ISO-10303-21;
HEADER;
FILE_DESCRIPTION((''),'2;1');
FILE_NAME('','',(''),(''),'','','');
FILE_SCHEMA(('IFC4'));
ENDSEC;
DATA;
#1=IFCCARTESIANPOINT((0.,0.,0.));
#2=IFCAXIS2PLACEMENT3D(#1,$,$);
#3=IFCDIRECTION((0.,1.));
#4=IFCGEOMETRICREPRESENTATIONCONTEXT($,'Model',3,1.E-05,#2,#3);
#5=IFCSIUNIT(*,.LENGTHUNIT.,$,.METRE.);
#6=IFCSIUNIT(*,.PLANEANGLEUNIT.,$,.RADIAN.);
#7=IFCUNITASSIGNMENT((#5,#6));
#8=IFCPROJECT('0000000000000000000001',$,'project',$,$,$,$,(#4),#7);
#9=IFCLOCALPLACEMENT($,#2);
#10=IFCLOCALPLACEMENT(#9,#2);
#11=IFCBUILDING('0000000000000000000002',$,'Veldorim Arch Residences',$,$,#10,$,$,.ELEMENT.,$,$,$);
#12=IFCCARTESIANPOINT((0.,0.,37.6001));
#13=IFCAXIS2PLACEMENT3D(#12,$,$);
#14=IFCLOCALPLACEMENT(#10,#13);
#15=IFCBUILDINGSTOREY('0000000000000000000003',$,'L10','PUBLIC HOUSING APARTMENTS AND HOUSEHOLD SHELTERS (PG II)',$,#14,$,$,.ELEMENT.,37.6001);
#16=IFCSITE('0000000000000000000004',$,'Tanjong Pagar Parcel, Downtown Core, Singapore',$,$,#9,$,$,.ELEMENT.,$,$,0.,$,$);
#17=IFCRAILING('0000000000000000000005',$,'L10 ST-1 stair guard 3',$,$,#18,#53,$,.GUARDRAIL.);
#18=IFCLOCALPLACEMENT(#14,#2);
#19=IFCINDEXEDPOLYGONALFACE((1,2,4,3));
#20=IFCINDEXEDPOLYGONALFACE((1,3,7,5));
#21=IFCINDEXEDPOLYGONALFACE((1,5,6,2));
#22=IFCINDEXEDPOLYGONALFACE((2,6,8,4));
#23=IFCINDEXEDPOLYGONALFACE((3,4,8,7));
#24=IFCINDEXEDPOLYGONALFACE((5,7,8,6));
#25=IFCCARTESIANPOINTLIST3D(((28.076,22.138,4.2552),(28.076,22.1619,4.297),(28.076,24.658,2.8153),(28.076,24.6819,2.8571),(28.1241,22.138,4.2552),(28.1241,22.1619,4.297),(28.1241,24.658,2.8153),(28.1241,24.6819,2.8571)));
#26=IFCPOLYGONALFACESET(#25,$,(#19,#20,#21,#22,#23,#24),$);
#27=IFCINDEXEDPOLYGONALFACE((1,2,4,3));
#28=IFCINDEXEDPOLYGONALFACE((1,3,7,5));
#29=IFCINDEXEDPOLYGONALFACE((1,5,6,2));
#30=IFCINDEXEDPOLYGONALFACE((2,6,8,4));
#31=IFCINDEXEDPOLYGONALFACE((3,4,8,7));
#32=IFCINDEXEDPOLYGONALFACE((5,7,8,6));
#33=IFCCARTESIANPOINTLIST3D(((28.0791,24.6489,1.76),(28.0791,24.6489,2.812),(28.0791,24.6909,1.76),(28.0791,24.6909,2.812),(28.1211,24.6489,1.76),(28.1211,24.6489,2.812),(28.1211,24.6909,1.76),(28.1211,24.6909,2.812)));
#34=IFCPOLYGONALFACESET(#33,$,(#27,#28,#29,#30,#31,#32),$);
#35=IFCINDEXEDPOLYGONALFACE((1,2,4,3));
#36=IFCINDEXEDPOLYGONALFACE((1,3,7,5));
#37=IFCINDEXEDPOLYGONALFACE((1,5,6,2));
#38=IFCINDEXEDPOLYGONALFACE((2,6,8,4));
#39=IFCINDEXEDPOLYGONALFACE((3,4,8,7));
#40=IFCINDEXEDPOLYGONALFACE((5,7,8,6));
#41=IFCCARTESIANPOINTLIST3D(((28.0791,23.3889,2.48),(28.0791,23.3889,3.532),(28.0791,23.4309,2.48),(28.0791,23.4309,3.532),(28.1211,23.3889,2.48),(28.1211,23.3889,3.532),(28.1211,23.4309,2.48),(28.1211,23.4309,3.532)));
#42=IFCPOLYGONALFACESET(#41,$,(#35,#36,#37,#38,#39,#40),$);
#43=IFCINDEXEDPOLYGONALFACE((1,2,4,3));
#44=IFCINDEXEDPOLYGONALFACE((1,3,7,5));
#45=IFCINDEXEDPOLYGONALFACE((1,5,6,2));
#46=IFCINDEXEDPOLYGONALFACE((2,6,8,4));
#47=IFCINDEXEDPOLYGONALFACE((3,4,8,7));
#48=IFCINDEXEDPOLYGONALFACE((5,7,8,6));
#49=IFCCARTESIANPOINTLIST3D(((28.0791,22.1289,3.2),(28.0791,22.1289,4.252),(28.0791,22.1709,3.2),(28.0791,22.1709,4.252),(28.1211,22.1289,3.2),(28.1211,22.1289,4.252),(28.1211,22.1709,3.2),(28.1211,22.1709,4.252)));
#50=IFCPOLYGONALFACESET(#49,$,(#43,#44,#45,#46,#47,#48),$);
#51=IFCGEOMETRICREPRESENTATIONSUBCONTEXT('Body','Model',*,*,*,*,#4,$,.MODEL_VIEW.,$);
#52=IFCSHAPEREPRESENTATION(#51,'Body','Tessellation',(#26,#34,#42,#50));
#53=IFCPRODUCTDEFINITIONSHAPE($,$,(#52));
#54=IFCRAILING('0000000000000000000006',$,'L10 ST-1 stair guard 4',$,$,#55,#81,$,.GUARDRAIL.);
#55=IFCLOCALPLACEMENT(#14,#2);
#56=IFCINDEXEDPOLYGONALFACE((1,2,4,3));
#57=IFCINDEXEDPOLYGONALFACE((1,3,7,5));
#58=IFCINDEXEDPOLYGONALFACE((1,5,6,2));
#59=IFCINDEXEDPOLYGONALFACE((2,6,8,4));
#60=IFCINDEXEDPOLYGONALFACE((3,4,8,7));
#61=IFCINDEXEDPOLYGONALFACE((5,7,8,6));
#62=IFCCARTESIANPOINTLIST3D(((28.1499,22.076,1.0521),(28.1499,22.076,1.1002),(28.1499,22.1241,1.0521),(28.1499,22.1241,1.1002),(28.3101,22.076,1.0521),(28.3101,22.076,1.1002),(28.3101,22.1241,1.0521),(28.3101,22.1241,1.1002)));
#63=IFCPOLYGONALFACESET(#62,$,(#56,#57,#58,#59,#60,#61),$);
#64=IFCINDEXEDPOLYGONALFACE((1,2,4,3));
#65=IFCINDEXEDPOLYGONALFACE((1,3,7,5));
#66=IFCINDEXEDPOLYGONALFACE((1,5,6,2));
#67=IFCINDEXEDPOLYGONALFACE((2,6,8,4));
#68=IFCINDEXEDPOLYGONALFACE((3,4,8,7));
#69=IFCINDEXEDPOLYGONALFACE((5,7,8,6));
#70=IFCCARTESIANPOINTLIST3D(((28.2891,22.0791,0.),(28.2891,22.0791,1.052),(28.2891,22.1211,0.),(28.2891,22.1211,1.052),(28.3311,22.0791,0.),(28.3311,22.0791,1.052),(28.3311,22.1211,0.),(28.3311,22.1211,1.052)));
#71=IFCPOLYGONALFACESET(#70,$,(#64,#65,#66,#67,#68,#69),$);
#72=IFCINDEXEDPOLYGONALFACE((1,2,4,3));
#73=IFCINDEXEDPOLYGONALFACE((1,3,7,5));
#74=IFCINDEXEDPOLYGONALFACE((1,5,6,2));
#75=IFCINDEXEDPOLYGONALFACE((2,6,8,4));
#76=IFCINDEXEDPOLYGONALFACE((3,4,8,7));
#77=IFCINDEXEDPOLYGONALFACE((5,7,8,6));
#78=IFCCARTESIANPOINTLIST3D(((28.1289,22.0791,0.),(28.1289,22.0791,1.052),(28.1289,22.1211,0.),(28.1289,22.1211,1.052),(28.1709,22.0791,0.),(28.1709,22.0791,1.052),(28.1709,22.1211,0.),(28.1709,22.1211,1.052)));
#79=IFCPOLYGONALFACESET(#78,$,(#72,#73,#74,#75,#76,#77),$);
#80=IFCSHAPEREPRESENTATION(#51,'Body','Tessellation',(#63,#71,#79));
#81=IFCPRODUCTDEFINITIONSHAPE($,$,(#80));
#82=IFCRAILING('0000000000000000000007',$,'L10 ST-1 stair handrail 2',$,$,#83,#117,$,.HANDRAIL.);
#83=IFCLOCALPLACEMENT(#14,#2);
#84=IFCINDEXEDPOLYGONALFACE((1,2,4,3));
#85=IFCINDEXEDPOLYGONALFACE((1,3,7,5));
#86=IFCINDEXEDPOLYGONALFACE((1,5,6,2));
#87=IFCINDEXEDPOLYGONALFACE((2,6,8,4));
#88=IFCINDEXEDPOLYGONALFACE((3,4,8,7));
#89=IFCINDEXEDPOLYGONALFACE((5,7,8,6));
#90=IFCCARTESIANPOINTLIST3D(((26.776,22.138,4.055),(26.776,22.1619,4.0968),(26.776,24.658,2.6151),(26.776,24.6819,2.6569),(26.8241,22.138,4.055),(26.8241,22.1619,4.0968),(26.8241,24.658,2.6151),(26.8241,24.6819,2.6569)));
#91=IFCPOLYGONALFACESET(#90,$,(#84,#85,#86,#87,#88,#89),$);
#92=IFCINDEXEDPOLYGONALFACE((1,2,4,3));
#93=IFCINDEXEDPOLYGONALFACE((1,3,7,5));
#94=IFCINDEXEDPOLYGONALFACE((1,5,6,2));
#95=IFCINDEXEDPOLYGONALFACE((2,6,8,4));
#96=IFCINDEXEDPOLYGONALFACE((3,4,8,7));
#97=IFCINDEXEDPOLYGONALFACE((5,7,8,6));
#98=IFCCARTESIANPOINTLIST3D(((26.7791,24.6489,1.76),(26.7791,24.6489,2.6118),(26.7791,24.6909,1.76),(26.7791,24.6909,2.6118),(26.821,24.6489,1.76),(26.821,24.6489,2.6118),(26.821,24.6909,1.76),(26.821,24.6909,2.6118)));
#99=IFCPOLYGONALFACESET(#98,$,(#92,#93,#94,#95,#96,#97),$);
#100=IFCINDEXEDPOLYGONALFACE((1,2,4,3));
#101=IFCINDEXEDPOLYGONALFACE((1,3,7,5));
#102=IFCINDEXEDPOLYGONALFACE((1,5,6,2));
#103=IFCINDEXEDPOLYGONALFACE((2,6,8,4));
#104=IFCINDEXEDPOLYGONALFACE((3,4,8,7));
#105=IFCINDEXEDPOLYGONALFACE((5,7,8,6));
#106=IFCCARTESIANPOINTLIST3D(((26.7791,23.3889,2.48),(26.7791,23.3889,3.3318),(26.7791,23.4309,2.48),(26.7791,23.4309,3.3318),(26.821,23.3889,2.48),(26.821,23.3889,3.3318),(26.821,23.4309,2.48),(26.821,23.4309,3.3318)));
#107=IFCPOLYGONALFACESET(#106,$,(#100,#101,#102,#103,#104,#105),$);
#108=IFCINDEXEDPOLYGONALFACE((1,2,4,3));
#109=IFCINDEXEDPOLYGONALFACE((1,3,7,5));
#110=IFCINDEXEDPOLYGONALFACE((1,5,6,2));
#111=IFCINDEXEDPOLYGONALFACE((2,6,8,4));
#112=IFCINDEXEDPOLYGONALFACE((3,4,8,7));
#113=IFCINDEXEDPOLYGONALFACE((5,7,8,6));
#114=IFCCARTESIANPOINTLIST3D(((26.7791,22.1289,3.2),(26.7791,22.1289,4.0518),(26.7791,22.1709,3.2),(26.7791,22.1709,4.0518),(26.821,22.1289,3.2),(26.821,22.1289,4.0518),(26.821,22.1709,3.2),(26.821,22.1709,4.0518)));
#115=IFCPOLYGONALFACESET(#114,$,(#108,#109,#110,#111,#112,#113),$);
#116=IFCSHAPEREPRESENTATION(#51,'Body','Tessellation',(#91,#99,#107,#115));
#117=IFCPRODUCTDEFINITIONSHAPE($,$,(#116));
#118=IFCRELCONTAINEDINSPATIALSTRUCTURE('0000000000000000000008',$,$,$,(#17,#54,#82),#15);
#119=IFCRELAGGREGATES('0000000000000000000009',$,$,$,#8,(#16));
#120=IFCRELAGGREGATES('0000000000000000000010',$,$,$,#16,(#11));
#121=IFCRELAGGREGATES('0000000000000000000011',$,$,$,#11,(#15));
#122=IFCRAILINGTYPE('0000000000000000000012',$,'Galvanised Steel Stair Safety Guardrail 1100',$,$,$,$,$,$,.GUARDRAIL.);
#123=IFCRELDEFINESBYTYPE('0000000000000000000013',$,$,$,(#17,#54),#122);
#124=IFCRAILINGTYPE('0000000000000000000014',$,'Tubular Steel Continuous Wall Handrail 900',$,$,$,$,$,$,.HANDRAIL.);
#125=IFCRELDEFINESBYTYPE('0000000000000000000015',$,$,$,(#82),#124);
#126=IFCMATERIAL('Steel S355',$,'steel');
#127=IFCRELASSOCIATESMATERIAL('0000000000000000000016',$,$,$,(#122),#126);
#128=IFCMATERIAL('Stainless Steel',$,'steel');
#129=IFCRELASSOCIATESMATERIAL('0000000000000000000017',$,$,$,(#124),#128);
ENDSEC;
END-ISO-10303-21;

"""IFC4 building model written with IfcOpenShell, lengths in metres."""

from ifc_helpers import new_model, si_unit, direction, frame, origin, origin_2d, place, context, subcontext, project, spatial, rectangle, extrude, material, type_object, element, save


model = new_model("IFC4")

# Units and contexts
model_context = context("Model", 3, precision=1e-05, world=origin(), true_north=direction((0.0, 1.0)))
body_context = subcontext(model_context, "Body", "Model", "MODEL_VIEW")
ifc_project = project(units=[si_unit("LENGTHUNIT", "METRE"), si_unit("PLANEANGLEUNIT", "RADIAN")], contexts=[model_context])

# Site, building, storey
site_placement = place(None, origin())
site = spatial("IfcSite", under=ifc_project, at=site_placement, Name="Tanjong Pagar Parcel, Downtown Core, Singapore", CompositionType="ELEMENT", RefElevation=0.0)
building_placement = place(site_placement, origin())
building = spatial("IfcBuilding", under=site, at=building_placement, Name="Veldorim Arch Residences", CompositionType="ELEMENT")
storey_placement = place(building_placement, frame((0.0, 0.0, 37.6001)))
storey = spatial("IfcBuildingStorey", under=building, at=storey_placement, Name="L10", Description="PUBLIC HOUSING APARTMENTS AND HOUSEHOLD SHELTERS (PG II)", CompositionType="ELEMENT", Elevation=37.6001)

# Railings
ifc_material_1 = material(Name="Steel S355", Category="steel")
railing_type_1 = type_object("IfcRailingType", Name="Galvanised Steel Stair Safety Guardrail 1100", PredefinedType="GUARDRAIL", material=ifc_material_1)
railing_1_placement = place(storey_placement, frame((28.1001, 24.6699, 1.76)))
element("IfcRailing", 1, at=railing_1_placement, inside=storey, type_object=railing_type_1, Name="L10 ST-1 stair guard 3", PredefinedType="GUARDRAIL", context=body_context, shape_type="SweptSolid", body=[
    extrude(rectangle(XDim=0.0481, YDim=0.0481, at=origin_2d()), frame((0.0, 0.0, 1.0762), z_axis=(0.0, -0.868253, 0.496121), x_axis=(1.0, 0.0, 0.0)), (0.0, 0.0, 1.0), 2.9023),
    extrude(rectangle(XDim=0.042, YDim=0.042, at=origin_2d()), origin(), (0.0, 0.0, 1.0), 1.052),
    extrude(rectangle(XDim=0.042, YDim=0.042, at=origin_2d()), frame((0.0, -1.26, 0.72)), (0.0, 0.0, 1.0), 1.052),
    extrude(rectangle(XDim=0.042, YDim=0.042, at=origin_2d()), frame((0.0, -2.52, 1.4399)), (0.0, 0.0, 1.0), 1.052),
])
railing_2_placement = place(storey_placement, frame((28.3101, 22.1001, 0.0)))
element("IfcRailing", 2, at=railing_2_placement, inside=storey, type_object=railing_type_1, Name="L10 ST-1 stair guard 4", PredefinedType="GUARDRAIL", context=body_context, shape_type="SweptSolid", body=[
    extrude(rectangle(XDim=0.0481, YDim=0.0481, at=origin_2d()), frame((0.0, 0.0, 1.0762), z_axis=(-1.0, 0.0, 0.0), x_axis=(0.0, -1.0, 0.0)), (0.0, 0.0, 1.0), 0.1602),
    extrude(rectangle(XDim=0.042, YDim=0.042, at=origin_2d()), origin(), (0.0, 0.0, 1.0), 1.052),
    extrude(rectangle(XDim=0.042, YDim=0.042, at=origin_2d()), frame((-0.1602, 0.0, 0.0)), (0.0, 0.0, 1.0), 1.052),
])
ifc_material_2 = material(Name="Stainless Steel", Category="steel")
railing_type_2 = type_object("IfcRailingType", Name="Tubular Steel Continuous Wall Handrail 900", PredefinedType="HANDRAIL", material=ifc_material_2)
railing_3_placement = place(storey_placement, frame((26.8, 24.6699, 1.76)))
element("IfcRailing", 3, at=railing_3_placement, inside=storey, type_object=railing_type_2, Name="L10 ST-1 stair handrail 2", PredefinedType="HANDRAIL", context=body_context, shape_type="SweptSolid", body=[
    extrude(rectangle(XDim=0.0481, YDim=0.0481, at=origin_2d()), frame((0.0, 0.0, 0.876), z_axis=(0.0, -0.868253, 0.496121), x_axis=(1.0, 0.0, 0.0)), (0.0, 0.0, 1.0), 2.9023),
    extrude(rectangle(XDim=0.042, YDim=0.042, at=origin_2d()), origin(), (0.0, 0.0, 1.0), 0.8518),
    extrude(rectangle(XDim=0.042, YDim=0.042, at=origin_2d()), frame((0.0, -1.26, 0.72)), (0.0, 0.0, 1.0), 0.8518),
    extrude(rectangle(XDim=0.042, YDim=0.042, at=origin_2d()), frame((0.0, -2.52, 1.4399)), (0.0, 0.0, 1.0), 0.8518),
])

save(model, "model.ifc")
